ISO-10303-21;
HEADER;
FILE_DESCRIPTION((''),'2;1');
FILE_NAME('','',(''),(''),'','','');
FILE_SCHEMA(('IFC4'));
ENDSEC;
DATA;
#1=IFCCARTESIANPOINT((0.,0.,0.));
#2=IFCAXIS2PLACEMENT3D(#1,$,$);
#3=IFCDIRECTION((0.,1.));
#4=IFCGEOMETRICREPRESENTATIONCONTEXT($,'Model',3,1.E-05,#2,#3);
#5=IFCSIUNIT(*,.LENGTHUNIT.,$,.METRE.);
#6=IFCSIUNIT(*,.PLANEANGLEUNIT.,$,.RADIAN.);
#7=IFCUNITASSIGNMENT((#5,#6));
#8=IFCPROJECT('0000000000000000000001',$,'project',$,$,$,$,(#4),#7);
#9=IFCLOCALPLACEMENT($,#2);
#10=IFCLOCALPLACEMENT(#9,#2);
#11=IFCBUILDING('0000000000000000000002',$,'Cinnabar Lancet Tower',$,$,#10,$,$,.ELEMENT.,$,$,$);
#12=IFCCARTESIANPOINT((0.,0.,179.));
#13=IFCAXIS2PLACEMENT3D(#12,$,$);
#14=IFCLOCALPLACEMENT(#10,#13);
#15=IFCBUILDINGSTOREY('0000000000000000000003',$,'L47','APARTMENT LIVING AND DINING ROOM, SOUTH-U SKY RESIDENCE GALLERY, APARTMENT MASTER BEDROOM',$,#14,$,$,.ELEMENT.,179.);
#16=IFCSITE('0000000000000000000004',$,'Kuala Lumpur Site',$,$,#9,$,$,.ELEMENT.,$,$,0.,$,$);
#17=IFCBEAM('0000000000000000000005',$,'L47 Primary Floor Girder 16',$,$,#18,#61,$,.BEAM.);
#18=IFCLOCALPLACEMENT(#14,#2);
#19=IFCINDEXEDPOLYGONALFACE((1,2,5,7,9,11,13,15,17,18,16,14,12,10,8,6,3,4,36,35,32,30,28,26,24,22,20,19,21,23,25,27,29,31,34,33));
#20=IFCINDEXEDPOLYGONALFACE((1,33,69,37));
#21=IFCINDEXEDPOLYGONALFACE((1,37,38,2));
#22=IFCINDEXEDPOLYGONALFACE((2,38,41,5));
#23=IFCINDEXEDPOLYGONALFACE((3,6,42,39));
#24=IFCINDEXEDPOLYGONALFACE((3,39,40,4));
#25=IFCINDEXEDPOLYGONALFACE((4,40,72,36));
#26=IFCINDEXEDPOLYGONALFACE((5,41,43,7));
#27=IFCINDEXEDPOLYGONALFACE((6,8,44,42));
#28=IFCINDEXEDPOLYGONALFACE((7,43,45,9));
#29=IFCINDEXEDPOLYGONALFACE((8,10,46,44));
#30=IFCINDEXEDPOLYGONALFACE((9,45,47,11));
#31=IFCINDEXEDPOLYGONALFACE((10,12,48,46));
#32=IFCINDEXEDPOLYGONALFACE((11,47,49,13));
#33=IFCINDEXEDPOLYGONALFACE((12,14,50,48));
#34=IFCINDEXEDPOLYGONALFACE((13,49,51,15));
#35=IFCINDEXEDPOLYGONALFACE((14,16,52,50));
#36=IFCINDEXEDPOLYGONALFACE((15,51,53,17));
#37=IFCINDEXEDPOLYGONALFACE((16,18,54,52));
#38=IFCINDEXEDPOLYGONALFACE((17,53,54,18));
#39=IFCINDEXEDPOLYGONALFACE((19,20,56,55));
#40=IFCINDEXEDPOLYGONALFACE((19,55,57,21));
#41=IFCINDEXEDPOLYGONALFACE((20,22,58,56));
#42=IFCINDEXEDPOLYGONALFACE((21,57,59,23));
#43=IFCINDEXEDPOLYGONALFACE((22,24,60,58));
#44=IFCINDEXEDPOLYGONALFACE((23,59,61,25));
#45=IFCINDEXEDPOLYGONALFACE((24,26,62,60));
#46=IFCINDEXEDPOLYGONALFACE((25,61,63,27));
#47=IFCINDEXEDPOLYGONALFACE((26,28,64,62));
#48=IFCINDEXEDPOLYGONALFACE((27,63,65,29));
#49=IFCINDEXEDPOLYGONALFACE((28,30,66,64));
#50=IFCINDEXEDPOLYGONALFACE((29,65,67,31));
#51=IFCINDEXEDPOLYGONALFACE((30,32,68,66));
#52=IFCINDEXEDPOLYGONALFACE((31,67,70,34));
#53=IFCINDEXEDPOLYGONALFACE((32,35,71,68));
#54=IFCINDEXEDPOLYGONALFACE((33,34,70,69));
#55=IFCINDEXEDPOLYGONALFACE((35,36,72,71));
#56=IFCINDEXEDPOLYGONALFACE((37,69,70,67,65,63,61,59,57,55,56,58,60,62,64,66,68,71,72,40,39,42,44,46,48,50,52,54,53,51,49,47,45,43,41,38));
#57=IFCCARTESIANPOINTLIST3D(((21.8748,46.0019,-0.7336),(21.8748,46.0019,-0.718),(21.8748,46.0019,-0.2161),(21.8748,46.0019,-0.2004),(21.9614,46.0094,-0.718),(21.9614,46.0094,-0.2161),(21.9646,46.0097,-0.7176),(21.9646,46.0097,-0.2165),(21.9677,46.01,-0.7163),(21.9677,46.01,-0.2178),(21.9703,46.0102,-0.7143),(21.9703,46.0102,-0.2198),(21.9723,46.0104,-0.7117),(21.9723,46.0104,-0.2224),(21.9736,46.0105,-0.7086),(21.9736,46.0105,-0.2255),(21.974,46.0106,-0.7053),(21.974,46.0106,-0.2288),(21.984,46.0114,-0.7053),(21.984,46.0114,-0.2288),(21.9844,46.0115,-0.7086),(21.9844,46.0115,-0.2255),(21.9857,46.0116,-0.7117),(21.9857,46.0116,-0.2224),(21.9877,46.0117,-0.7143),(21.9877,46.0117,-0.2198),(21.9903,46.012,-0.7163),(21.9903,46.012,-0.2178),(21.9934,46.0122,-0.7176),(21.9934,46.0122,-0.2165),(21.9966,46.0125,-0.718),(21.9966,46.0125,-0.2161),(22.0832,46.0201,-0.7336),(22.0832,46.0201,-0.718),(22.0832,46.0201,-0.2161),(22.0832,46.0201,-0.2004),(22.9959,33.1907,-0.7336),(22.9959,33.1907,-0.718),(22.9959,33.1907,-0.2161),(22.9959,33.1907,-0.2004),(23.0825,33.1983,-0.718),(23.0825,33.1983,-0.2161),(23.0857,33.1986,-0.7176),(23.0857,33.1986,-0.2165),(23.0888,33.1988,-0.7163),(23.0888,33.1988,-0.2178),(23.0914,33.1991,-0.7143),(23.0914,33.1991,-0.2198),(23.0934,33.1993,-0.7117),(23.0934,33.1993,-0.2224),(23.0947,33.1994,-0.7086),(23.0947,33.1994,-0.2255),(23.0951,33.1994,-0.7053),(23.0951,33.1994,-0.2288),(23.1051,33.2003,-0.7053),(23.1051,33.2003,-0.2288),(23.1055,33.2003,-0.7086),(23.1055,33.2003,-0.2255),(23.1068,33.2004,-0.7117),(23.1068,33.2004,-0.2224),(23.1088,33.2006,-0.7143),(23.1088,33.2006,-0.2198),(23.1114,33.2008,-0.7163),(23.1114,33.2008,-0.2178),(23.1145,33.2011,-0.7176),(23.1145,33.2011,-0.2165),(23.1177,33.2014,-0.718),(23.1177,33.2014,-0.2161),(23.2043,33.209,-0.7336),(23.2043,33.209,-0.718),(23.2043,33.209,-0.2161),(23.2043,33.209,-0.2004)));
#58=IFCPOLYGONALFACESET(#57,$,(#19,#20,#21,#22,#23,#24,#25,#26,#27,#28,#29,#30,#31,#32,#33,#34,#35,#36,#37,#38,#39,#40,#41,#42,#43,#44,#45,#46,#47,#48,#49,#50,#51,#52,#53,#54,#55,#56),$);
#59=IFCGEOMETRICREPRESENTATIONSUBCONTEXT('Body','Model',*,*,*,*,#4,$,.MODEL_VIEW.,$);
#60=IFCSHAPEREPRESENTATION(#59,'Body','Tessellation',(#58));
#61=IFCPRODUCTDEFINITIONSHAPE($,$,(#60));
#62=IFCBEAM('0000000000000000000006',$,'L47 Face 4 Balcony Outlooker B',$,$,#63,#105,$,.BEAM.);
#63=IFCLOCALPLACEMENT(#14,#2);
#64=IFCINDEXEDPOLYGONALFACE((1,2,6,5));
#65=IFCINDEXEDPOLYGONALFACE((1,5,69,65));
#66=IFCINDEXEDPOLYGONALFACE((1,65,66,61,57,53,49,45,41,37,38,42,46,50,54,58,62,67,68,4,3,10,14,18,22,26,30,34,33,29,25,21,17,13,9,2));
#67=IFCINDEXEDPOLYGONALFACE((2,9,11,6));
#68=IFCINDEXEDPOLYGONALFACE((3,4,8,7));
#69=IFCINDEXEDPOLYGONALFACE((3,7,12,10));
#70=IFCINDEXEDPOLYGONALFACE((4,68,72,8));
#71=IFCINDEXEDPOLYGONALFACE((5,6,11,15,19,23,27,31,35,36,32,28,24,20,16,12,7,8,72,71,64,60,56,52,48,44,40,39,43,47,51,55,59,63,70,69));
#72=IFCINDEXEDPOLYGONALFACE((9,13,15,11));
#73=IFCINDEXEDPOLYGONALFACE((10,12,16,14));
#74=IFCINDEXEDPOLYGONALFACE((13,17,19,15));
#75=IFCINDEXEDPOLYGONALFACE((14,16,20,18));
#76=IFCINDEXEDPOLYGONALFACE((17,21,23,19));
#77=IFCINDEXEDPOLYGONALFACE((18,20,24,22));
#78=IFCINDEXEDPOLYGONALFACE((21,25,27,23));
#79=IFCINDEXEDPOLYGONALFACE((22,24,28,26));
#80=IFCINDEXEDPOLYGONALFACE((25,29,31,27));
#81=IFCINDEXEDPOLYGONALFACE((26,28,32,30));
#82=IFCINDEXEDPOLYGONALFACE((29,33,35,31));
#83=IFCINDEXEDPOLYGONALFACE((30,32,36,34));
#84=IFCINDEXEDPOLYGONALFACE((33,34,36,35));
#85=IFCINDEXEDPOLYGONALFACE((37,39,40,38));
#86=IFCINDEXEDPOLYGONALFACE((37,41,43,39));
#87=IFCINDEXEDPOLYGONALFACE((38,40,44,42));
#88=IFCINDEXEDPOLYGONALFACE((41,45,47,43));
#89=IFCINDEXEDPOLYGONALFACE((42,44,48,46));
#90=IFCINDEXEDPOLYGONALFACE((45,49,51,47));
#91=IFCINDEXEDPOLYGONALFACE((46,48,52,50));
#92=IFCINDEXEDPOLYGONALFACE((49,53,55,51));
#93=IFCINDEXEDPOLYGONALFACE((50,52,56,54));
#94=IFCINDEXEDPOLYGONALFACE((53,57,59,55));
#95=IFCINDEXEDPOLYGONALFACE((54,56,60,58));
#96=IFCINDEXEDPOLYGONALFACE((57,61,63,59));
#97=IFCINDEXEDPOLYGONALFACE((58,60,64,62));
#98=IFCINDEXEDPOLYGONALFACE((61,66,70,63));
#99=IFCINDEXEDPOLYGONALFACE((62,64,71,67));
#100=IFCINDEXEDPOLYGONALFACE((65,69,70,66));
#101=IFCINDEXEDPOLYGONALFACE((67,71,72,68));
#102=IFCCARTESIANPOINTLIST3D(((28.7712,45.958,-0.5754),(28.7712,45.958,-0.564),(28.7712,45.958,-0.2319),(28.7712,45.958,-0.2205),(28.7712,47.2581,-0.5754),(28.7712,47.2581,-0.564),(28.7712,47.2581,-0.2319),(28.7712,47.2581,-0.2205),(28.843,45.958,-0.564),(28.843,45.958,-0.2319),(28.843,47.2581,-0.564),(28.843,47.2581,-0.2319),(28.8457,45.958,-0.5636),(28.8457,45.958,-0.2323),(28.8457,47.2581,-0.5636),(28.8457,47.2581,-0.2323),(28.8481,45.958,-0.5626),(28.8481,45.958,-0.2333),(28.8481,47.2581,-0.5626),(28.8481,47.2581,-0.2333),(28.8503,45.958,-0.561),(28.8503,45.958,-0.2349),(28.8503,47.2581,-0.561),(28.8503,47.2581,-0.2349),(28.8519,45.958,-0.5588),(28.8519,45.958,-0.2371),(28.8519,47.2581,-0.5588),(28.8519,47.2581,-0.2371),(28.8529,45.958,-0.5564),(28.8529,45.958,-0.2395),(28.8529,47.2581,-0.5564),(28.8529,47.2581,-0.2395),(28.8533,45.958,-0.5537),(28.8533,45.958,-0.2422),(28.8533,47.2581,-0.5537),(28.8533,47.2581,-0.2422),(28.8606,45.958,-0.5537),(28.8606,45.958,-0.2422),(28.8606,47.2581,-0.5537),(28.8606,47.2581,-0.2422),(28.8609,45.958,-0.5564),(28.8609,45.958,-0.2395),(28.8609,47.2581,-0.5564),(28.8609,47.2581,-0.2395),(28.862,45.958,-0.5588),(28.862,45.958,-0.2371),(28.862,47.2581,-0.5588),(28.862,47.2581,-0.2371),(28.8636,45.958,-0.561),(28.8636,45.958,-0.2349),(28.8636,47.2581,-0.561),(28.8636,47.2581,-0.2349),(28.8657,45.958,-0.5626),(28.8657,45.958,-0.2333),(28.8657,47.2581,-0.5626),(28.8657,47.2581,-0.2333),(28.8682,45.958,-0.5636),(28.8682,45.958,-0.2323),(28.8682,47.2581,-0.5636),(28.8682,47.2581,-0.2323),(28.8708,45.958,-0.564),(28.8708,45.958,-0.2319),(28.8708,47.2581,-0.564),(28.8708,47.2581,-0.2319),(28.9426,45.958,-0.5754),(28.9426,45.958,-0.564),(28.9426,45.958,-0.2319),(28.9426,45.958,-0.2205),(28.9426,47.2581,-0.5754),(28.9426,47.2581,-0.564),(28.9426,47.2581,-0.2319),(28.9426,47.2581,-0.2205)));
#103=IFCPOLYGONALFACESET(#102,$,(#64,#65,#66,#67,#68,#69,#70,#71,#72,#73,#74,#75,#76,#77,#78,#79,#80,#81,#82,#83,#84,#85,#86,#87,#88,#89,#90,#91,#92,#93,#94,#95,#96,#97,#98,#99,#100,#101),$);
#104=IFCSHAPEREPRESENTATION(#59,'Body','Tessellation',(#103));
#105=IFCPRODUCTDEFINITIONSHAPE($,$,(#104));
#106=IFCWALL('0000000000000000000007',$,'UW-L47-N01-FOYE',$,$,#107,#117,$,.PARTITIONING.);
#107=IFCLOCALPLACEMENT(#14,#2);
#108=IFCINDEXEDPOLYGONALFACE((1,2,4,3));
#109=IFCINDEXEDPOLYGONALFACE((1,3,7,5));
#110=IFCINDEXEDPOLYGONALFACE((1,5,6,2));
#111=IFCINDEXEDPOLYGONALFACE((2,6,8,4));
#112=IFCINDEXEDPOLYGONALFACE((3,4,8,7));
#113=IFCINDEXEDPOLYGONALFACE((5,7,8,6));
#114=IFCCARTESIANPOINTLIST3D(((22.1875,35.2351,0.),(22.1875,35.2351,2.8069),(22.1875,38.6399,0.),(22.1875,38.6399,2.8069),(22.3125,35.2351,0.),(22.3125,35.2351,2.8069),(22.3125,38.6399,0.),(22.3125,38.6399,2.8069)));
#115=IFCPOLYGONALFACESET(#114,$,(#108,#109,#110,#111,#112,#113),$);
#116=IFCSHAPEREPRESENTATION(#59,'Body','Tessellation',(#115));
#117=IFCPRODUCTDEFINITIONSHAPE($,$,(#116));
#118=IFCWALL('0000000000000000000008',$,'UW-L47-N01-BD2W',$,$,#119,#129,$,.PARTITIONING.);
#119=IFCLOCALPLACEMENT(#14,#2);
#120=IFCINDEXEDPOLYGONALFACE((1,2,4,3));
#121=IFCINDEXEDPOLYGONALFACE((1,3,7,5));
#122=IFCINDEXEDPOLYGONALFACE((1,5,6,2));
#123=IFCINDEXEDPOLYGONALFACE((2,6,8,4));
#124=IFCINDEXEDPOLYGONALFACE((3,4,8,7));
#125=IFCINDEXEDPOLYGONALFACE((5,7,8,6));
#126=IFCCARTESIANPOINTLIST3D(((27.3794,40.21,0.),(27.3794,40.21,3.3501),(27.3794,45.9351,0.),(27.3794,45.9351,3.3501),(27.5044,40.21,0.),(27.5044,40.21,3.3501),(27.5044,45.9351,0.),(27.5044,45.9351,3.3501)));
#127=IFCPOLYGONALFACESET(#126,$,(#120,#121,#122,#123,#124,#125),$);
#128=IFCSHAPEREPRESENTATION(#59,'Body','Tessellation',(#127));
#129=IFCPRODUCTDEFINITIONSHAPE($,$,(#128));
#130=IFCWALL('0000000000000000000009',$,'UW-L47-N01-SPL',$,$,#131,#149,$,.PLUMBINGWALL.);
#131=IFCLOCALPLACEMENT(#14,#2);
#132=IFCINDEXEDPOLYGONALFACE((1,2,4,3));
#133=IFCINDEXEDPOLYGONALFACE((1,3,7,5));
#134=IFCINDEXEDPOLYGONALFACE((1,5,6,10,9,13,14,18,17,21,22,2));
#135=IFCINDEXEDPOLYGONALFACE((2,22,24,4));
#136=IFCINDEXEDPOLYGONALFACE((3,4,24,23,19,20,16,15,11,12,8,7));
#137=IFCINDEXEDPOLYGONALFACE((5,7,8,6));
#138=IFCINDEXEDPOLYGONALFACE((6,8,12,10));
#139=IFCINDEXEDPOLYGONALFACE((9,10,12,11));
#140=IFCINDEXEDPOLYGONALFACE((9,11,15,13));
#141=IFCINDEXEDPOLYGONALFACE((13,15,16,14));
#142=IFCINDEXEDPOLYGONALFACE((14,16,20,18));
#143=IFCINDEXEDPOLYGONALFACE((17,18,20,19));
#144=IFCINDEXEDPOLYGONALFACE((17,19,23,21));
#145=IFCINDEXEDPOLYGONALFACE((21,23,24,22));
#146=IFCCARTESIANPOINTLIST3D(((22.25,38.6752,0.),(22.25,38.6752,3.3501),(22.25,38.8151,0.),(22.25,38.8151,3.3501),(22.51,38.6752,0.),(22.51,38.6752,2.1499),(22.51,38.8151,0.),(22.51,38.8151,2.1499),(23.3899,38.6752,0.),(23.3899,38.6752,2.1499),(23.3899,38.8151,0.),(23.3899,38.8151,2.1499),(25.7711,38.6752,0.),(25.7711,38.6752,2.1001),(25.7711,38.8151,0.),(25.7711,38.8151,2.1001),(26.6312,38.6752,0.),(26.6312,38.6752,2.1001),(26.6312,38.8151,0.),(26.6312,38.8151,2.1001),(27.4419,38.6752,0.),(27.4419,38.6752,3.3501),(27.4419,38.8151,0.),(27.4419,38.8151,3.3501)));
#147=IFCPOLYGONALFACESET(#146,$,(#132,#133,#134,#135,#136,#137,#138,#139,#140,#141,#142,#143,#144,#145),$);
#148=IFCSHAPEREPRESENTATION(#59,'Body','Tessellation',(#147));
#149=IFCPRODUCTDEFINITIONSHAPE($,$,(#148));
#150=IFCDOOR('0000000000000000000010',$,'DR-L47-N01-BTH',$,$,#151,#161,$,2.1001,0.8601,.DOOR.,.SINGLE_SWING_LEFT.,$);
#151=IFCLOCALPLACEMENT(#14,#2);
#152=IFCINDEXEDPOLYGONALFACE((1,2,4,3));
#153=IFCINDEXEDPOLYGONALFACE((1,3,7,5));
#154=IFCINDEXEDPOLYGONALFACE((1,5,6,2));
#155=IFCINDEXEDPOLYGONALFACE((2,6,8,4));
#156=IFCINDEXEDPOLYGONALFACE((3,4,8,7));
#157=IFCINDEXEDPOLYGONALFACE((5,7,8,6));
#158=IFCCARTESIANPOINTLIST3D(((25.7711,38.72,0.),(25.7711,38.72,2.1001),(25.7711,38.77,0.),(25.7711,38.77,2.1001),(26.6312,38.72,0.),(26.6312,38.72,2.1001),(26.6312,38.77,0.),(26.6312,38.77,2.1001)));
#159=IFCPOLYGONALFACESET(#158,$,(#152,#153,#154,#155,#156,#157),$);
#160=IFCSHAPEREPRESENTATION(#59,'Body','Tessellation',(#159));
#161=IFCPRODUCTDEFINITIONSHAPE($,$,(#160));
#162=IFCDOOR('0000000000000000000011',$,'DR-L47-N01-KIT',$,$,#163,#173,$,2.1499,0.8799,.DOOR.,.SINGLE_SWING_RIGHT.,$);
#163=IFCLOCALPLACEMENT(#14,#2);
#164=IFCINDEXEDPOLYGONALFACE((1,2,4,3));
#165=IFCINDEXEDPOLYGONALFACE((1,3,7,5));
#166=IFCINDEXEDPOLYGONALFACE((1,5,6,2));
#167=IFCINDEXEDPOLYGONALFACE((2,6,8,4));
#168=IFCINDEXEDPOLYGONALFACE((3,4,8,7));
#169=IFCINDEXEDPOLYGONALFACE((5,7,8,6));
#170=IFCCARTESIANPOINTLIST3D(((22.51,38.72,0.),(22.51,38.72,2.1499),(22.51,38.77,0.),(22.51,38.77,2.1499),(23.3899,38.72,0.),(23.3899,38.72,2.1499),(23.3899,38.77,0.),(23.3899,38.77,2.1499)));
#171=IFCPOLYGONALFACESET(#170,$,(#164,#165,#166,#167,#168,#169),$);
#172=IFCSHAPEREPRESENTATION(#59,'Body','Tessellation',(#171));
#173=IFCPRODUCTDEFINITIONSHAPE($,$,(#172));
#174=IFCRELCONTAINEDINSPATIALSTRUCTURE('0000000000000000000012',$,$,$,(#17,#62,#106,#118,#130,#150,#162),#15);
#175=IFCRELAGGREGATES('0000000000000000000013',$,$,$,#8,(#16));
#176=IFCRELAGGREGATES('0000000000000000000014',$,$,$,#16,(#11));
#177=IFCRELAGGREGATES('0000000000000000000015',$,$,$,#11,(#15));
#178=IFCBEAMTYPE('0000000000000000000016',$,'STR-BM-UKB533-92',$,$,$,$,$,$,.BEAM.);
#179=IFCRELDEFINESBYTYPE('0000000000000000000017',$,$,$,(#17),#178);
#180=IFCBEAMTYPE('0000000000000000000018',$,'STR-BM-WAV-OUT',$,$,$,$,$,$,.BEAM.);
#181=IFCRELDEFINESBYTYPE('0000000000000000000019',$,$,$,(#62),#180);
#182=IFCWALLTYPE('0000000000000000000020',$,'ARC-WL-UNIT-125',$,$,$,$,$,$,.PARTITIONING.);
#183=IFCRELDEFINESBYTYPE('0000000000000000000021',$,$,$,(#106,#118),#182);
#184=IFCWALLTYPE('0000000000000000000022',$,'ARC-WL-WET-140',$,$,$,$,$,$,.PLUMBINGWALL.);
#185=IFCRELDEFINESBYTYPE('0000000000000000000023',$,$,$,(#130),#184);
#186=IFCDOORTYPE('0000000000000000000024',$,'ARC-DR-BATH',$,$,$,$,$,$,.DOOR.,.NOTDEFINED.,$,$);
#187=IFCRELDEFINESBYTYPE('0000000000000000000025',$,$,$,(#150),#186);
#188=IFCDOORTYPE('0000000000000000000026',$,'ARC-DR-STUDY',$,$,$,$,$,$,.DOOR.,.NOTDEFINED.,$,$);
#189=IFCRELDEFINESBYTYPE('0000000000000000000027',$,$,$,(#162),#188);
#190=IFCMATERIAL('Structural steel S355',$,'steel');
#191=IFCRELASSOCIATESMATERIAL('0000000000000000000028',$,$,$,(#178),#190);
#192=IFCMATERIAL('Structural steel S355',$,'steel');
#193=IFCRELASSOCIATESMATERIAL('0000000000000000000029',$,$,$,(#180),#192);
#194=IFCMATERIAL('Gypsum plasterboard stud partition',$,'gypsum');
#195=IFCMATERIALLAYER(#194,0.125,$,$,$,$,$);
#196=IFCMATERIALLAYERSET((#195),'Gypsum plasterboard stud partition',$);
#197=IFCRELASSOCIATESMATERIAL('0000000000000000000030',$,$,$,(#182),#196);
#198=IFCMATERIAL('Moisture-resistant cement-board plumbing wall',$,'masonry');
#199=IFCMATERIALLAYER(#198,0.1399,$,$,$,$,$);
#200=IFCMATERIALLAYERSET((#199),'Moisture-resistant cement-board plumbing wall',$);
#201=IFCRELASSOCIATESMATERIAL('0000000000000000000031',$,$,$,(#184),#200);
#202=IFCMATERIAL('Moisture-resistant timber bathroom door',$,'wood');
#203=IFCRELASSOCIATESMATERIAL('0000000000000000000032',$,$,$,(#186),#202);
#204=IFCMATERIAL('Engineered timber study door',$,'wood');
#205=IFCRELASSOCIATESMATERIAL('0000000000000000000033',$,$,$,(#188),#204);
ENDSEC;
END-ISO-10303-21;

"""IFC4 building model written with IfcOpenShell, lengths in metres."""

from ifc_helpers import new_model, si_unit, direction, frame, frame_2d, origin, origin_2d, place, context, subcontext, project, spatial, rectangle, i_section, extrude, material, layer, layer_set, material_profile, profile_set, type_object, element, fill, save


model = new_model("IFC4")

# Units and contexts
model_context = context("Model", 3, precision=1e-05, world=origin(), true_north=direction((0.0, 1.0)))
body_context = subcontext(model_context, "Body", "Model", "MODEL_VIEW")
ifc_project = project(units=[si_unit("LENGTHUNIT", "METRE"), si_unit("PLANEANGLEUNIT", "RADIAN")], contexts=[model_context])

# Site, building, storey
site_placement = place(None, origin())
site = spatial("IfcSite", under=ifc_project, at=site_placement, Name="Kuala Lumpur Site", CompositionType="ELEMENT", RefElevation=0.0)
building_placement = place(site_placement, origin())
building = spatial("IfcBuilding", under=site, at=building_placement, Name="Cinnabar Lancet Tower", CompositionType="ELEMENT")
storey_placement = place(building_placement, frame((0.0, 0.0, 179.0)))
storey = spatial("IfcBuildingStorey", under=building, at=storey_placement, Name="L47", Description="APARTMENT LIVING AND DINING ROOM, SOUTH-U SKY RESIDENCE GALLERY, APARTMENT MASTER BEDROOM", CompositionType="ELEMENT", Elevation=179.0)

# Beams
ifc_material_1 = material(Name="Structural steel S355", Category="steel")
ifc_material_profile_1 = material_profile(ifc_material_1, i_section(OverallWidth=0.2092, OverallDepth=0.5332, WebThickness=0.01, FlangeThickness=0.0156, FilletRadius=0.0127, at=origin_2d()), Name="UKB 533x210x92")
ifc_profile_set_1 = profile_set([ifc_material_profile_1], Name="Structural steel S355")
beam_type_1 = type_object("IfcBeamType", Name="STR-BM-UKB533-92", PredefinedType="BEAM", material=ifc_profile_set_1)
beam_1_placement = place(storey_placement, frame((21.979, 46.011, -0.467), z_axis=(0.087177, -0.996193, 0.0), x_axis=(0.996193, 0.087177, 0.0)))
element("IfcBeam", 1, at=beam_1_placement, inside=storey, type_object=beam_type_1, Name="L47 Primary Floor Girder 16", PredefinedType="BEAM", context=body_context, shape_type="SweptSolid", body=[
    extrude(i_section(OverallWidth=0.2092, OverallDepth=0.5332, WebThickness=0.01, FlangeThickness=0.0156, FilletRadius=0.0127, at=origin_2d()), origin(), (0.0, 0.0, 1.0), 12.8601),
])
ifc_material_2 = material(Name="Structural steel S355", Category="steel")
ifc_material_profile_2 = material_profile(ifc_material_2, i_section(OverallWidth=0.1714, OverallDepth=0.355, WebThickness=0.0073, FlangeThickness=0.0115, FilletRadius=0.0103, at=origin_2d()), Name="UKB 356x171x51")
ifc_profile_set_2 = profile_set([ifc_material_profile_2], Name="Structural steel S355")
beam_type_2 = type_object("IfcBeamType", Name="STR-BM-WAV-OUT", PredefinedType="BEAM", material=ifc_profile_set_2)
beam_2_placement = place(storey_placement, frame((28.8569, 45.958, -0.3979), z_axis=(0.0, 1.0, 0.0), x_axis=(-1.0, 0.0, 0.0)))
element("IfcBeam", 2, at=beam_2_placement, inside=storey, type_object=beam_type_2, Name="L47 Face 4 Balcony Outlooker B", PredefinedType="BEAM", context=body_context, shape_type="SweptSolid", body=[
    extrude(i_section(OverallWidth=0.1714, OverallDepth=0.355, WebThickness=0.0073, FlangeThickness=0.0115, FilletRadius=0.0103, at=origin_2d()), origin(), (0.0, 0.0, 1.0), 1.3),
])

# Walls
ifc_material_3 = material(Name="Gypsum plasterboard stud partition", Category="gypsum")
ifc_layer_1 = layer(ifc_material_3, 0.125)
ifc_layer_set_1 = layer_set([ifc_layer_1], Name="Gypsum plasterboard stud partition")
wall_type_1 = type_object("IfcWallType", Name="ARC-WL-UNIT-125", PredefinedType="PARTITIONING", material=ifc_layer_set_1)
wall_1_placement = place(storey_placement, frame((22.25, 35.2351, 0.0), z_axis=(0.0, 0.0, 1.0), x_axis=(0.0, 1.0, 0.0)))
element("IfcWall", 3, at=wall_1_placement, inside=storey, type_object=wall_type_1, Name="UW-L47-N01-FOYE", PredefinedType="PARTITIONING", context=body_context, shape_type="SweptSolid", body=[
    extrude(rectangle(XDim=3.4048, YDim=0.125, at=frame_2d((1.7024, 0.0))), origin(), (0.0, 0.0, 1.0), 2.8069),
])
wall_2_placement = place(storey_placement, frame((27.4419, 40.21, 0.0), z_axis=(0.0, 0.0, 1.0), x_axis=(0.0, 1.0, 0.0)))
element("IfcWall", 4, at=wall_2_placement, inside=storey, type_object=wall_type_1, Name="UW-L47-N01-BD2W", PredefinedType="PARTITIONING", context=body_context, shape_type="SweptSolid", body=[
    extrude(rectangle(XDim=5.7251, YDim=0.125, at=frame_2d((2.8625, 0.0))), origin(), (0.0, 0.0, 1.0), 3.3501),
])

# Wall, openings, doors
ifc_material_4 = material(Name="Moisture-resistant cement-board plumbing wall", Category="masonry")
ifc_layer_2 = layer(ifc_material_4, 0.1399)
ifc_layer_set_2 = layer_set([ifc_layer_2], Name="Moisture-resistant cement-board plumbing wall")
wall_type_2 = type_object("IfcWallType", Name="ARC-WL-WET-140", PredefinedType="PLUMBINGWALL", material=ifc_layer_set_2)
wall_3_placement = place(storey_placement, frame((22.25, 38.7451, 0.0), z_axis=(0.0, 0.0, 1.0), x_axis=(1.0, 0.0, 0.0)))
wall_3 = element("IfcWall", 5, at=wall_3_placement, inside=storey, type_object=wall_type_2, Name="UW-L47-N01-SPL", PredefinedType="PLUMBINGWALL", context=body_context, shape_type="SweptSolid", body=[
    extrude(rectangle(XDim=5.1919, YDim=0.1399, at=frame_2d((2.5959, 0.0))), origin(), (0.0, 0.0, 1.0), 3.3501),
])
opening_1_placement = place(wall_3_placement, frame((3.521, 0.0, 0.0)))
opening_1 = element("IfcOpeningElement", 6, at=opening_1_placement, cuts=wall_3, PredefinedType="OPENING", context=body_context, shape_type="SweptSolid", body=[
    extrude(rectangle(XDim=0.8601, YDim=2.1001, at=frame_2d((0.4302, 1.05))), frame((0.0, 0.0798, 0.0), z_axis=(0.0, -1.0, 0.0), x_axis=(1.0, 0.0, 0.0)), (0.0, 0.0, 1.0), 0.1599),
])
opening_2_placement = place(wall_3_placement, frame((0.26, 0.0, 0.0)))
opening_2 = element("IfcOpeningElement", 7, at=opening_2_placement, cuts=wall_3, PredefinedType="OPENING", context=body_context, shape_type="SweptSolid", body=[
    extrude(rectangle(XDim=0.8799, YDim=2.1499, at=frame_2d((0.4399, 1.075))), frame((0.0, 0.0798, 0.0), z_axis=(0.0, -1.0, 0.0), x_axis=(1.0, 0.0, 0.0)), (0.0, 0.0, 1.0), 0.1599),
])
ifc_material_5 = material(Name="Moisture-resistant timber bathroom door", Category="wood")
door_type_1 = type_object("IfcDoorType", Name="ARC-DR-BATH", OperationType="NOTDEFINED", PredefinedType="DOOR", material=ifc_material_5)
door_1_placement = place(opening_1_placement, origin())
door_1 = element("IfcDoor", 8, at=door_1_placement, inside=storey, type_object=door_type_1, Name="DR-L47-N01-BTH", OperationType="SINGLE_SWING_LEFT", OverallHeight=2.1001, OverallWidth=0.8601, PredefinedType="DOOR", context=body_context, shape_type="SweptSolid", body=[
    extrude(rectangle(XDim=0.8601, YDim=2.1001, at=frame_2d((0.4302, 1.05))), frame((0.0, 0.0249, 0.0), z_axis=(0.0, -1.0, 0.0), x_axis=(1.0, 0.0, 0.0)), (0.0, 0.0, 1.0), 0.05),
])
fill(opening_1, door_1)
ifc_material_6 = material(Name="Engineered timber study door", Category="wood")
door_type_2 = type_object("IfcDoorType", Name="ARC-DR-STUDY", OperationType="NOTDEFINED", PredefinedType="DOOR", material=ifc_material_6)
door_2_placement = place(opening_2_placement, origin())
door_2 = element("IfcDoor", 9, at=door_2_placement, inside=storey, type_object=door_type_2, Name="DR-L47-N01-KIT", OperationType="SINGLE_SWING_RIGHT", OverallHeight=2.1499, OverallWidth=0.8799, PredefinedType="DOOR", context=body_context, shape_type="SweptSolid", body=[
    extrude(rectangle(XDim=0.8799, YDim=2.1499, at=frame_2d((0.4399, 1.075))), frame((0.0, 0.0249, 0.0), z_axis=(0.0, -1.0, 0.0), x_axis=(1.0, 0.0, 0.0)), (0.0, 0.0, 1.0), 0.05),
])
fill(opening_2, door_2)

save(model, "model.ifc")
